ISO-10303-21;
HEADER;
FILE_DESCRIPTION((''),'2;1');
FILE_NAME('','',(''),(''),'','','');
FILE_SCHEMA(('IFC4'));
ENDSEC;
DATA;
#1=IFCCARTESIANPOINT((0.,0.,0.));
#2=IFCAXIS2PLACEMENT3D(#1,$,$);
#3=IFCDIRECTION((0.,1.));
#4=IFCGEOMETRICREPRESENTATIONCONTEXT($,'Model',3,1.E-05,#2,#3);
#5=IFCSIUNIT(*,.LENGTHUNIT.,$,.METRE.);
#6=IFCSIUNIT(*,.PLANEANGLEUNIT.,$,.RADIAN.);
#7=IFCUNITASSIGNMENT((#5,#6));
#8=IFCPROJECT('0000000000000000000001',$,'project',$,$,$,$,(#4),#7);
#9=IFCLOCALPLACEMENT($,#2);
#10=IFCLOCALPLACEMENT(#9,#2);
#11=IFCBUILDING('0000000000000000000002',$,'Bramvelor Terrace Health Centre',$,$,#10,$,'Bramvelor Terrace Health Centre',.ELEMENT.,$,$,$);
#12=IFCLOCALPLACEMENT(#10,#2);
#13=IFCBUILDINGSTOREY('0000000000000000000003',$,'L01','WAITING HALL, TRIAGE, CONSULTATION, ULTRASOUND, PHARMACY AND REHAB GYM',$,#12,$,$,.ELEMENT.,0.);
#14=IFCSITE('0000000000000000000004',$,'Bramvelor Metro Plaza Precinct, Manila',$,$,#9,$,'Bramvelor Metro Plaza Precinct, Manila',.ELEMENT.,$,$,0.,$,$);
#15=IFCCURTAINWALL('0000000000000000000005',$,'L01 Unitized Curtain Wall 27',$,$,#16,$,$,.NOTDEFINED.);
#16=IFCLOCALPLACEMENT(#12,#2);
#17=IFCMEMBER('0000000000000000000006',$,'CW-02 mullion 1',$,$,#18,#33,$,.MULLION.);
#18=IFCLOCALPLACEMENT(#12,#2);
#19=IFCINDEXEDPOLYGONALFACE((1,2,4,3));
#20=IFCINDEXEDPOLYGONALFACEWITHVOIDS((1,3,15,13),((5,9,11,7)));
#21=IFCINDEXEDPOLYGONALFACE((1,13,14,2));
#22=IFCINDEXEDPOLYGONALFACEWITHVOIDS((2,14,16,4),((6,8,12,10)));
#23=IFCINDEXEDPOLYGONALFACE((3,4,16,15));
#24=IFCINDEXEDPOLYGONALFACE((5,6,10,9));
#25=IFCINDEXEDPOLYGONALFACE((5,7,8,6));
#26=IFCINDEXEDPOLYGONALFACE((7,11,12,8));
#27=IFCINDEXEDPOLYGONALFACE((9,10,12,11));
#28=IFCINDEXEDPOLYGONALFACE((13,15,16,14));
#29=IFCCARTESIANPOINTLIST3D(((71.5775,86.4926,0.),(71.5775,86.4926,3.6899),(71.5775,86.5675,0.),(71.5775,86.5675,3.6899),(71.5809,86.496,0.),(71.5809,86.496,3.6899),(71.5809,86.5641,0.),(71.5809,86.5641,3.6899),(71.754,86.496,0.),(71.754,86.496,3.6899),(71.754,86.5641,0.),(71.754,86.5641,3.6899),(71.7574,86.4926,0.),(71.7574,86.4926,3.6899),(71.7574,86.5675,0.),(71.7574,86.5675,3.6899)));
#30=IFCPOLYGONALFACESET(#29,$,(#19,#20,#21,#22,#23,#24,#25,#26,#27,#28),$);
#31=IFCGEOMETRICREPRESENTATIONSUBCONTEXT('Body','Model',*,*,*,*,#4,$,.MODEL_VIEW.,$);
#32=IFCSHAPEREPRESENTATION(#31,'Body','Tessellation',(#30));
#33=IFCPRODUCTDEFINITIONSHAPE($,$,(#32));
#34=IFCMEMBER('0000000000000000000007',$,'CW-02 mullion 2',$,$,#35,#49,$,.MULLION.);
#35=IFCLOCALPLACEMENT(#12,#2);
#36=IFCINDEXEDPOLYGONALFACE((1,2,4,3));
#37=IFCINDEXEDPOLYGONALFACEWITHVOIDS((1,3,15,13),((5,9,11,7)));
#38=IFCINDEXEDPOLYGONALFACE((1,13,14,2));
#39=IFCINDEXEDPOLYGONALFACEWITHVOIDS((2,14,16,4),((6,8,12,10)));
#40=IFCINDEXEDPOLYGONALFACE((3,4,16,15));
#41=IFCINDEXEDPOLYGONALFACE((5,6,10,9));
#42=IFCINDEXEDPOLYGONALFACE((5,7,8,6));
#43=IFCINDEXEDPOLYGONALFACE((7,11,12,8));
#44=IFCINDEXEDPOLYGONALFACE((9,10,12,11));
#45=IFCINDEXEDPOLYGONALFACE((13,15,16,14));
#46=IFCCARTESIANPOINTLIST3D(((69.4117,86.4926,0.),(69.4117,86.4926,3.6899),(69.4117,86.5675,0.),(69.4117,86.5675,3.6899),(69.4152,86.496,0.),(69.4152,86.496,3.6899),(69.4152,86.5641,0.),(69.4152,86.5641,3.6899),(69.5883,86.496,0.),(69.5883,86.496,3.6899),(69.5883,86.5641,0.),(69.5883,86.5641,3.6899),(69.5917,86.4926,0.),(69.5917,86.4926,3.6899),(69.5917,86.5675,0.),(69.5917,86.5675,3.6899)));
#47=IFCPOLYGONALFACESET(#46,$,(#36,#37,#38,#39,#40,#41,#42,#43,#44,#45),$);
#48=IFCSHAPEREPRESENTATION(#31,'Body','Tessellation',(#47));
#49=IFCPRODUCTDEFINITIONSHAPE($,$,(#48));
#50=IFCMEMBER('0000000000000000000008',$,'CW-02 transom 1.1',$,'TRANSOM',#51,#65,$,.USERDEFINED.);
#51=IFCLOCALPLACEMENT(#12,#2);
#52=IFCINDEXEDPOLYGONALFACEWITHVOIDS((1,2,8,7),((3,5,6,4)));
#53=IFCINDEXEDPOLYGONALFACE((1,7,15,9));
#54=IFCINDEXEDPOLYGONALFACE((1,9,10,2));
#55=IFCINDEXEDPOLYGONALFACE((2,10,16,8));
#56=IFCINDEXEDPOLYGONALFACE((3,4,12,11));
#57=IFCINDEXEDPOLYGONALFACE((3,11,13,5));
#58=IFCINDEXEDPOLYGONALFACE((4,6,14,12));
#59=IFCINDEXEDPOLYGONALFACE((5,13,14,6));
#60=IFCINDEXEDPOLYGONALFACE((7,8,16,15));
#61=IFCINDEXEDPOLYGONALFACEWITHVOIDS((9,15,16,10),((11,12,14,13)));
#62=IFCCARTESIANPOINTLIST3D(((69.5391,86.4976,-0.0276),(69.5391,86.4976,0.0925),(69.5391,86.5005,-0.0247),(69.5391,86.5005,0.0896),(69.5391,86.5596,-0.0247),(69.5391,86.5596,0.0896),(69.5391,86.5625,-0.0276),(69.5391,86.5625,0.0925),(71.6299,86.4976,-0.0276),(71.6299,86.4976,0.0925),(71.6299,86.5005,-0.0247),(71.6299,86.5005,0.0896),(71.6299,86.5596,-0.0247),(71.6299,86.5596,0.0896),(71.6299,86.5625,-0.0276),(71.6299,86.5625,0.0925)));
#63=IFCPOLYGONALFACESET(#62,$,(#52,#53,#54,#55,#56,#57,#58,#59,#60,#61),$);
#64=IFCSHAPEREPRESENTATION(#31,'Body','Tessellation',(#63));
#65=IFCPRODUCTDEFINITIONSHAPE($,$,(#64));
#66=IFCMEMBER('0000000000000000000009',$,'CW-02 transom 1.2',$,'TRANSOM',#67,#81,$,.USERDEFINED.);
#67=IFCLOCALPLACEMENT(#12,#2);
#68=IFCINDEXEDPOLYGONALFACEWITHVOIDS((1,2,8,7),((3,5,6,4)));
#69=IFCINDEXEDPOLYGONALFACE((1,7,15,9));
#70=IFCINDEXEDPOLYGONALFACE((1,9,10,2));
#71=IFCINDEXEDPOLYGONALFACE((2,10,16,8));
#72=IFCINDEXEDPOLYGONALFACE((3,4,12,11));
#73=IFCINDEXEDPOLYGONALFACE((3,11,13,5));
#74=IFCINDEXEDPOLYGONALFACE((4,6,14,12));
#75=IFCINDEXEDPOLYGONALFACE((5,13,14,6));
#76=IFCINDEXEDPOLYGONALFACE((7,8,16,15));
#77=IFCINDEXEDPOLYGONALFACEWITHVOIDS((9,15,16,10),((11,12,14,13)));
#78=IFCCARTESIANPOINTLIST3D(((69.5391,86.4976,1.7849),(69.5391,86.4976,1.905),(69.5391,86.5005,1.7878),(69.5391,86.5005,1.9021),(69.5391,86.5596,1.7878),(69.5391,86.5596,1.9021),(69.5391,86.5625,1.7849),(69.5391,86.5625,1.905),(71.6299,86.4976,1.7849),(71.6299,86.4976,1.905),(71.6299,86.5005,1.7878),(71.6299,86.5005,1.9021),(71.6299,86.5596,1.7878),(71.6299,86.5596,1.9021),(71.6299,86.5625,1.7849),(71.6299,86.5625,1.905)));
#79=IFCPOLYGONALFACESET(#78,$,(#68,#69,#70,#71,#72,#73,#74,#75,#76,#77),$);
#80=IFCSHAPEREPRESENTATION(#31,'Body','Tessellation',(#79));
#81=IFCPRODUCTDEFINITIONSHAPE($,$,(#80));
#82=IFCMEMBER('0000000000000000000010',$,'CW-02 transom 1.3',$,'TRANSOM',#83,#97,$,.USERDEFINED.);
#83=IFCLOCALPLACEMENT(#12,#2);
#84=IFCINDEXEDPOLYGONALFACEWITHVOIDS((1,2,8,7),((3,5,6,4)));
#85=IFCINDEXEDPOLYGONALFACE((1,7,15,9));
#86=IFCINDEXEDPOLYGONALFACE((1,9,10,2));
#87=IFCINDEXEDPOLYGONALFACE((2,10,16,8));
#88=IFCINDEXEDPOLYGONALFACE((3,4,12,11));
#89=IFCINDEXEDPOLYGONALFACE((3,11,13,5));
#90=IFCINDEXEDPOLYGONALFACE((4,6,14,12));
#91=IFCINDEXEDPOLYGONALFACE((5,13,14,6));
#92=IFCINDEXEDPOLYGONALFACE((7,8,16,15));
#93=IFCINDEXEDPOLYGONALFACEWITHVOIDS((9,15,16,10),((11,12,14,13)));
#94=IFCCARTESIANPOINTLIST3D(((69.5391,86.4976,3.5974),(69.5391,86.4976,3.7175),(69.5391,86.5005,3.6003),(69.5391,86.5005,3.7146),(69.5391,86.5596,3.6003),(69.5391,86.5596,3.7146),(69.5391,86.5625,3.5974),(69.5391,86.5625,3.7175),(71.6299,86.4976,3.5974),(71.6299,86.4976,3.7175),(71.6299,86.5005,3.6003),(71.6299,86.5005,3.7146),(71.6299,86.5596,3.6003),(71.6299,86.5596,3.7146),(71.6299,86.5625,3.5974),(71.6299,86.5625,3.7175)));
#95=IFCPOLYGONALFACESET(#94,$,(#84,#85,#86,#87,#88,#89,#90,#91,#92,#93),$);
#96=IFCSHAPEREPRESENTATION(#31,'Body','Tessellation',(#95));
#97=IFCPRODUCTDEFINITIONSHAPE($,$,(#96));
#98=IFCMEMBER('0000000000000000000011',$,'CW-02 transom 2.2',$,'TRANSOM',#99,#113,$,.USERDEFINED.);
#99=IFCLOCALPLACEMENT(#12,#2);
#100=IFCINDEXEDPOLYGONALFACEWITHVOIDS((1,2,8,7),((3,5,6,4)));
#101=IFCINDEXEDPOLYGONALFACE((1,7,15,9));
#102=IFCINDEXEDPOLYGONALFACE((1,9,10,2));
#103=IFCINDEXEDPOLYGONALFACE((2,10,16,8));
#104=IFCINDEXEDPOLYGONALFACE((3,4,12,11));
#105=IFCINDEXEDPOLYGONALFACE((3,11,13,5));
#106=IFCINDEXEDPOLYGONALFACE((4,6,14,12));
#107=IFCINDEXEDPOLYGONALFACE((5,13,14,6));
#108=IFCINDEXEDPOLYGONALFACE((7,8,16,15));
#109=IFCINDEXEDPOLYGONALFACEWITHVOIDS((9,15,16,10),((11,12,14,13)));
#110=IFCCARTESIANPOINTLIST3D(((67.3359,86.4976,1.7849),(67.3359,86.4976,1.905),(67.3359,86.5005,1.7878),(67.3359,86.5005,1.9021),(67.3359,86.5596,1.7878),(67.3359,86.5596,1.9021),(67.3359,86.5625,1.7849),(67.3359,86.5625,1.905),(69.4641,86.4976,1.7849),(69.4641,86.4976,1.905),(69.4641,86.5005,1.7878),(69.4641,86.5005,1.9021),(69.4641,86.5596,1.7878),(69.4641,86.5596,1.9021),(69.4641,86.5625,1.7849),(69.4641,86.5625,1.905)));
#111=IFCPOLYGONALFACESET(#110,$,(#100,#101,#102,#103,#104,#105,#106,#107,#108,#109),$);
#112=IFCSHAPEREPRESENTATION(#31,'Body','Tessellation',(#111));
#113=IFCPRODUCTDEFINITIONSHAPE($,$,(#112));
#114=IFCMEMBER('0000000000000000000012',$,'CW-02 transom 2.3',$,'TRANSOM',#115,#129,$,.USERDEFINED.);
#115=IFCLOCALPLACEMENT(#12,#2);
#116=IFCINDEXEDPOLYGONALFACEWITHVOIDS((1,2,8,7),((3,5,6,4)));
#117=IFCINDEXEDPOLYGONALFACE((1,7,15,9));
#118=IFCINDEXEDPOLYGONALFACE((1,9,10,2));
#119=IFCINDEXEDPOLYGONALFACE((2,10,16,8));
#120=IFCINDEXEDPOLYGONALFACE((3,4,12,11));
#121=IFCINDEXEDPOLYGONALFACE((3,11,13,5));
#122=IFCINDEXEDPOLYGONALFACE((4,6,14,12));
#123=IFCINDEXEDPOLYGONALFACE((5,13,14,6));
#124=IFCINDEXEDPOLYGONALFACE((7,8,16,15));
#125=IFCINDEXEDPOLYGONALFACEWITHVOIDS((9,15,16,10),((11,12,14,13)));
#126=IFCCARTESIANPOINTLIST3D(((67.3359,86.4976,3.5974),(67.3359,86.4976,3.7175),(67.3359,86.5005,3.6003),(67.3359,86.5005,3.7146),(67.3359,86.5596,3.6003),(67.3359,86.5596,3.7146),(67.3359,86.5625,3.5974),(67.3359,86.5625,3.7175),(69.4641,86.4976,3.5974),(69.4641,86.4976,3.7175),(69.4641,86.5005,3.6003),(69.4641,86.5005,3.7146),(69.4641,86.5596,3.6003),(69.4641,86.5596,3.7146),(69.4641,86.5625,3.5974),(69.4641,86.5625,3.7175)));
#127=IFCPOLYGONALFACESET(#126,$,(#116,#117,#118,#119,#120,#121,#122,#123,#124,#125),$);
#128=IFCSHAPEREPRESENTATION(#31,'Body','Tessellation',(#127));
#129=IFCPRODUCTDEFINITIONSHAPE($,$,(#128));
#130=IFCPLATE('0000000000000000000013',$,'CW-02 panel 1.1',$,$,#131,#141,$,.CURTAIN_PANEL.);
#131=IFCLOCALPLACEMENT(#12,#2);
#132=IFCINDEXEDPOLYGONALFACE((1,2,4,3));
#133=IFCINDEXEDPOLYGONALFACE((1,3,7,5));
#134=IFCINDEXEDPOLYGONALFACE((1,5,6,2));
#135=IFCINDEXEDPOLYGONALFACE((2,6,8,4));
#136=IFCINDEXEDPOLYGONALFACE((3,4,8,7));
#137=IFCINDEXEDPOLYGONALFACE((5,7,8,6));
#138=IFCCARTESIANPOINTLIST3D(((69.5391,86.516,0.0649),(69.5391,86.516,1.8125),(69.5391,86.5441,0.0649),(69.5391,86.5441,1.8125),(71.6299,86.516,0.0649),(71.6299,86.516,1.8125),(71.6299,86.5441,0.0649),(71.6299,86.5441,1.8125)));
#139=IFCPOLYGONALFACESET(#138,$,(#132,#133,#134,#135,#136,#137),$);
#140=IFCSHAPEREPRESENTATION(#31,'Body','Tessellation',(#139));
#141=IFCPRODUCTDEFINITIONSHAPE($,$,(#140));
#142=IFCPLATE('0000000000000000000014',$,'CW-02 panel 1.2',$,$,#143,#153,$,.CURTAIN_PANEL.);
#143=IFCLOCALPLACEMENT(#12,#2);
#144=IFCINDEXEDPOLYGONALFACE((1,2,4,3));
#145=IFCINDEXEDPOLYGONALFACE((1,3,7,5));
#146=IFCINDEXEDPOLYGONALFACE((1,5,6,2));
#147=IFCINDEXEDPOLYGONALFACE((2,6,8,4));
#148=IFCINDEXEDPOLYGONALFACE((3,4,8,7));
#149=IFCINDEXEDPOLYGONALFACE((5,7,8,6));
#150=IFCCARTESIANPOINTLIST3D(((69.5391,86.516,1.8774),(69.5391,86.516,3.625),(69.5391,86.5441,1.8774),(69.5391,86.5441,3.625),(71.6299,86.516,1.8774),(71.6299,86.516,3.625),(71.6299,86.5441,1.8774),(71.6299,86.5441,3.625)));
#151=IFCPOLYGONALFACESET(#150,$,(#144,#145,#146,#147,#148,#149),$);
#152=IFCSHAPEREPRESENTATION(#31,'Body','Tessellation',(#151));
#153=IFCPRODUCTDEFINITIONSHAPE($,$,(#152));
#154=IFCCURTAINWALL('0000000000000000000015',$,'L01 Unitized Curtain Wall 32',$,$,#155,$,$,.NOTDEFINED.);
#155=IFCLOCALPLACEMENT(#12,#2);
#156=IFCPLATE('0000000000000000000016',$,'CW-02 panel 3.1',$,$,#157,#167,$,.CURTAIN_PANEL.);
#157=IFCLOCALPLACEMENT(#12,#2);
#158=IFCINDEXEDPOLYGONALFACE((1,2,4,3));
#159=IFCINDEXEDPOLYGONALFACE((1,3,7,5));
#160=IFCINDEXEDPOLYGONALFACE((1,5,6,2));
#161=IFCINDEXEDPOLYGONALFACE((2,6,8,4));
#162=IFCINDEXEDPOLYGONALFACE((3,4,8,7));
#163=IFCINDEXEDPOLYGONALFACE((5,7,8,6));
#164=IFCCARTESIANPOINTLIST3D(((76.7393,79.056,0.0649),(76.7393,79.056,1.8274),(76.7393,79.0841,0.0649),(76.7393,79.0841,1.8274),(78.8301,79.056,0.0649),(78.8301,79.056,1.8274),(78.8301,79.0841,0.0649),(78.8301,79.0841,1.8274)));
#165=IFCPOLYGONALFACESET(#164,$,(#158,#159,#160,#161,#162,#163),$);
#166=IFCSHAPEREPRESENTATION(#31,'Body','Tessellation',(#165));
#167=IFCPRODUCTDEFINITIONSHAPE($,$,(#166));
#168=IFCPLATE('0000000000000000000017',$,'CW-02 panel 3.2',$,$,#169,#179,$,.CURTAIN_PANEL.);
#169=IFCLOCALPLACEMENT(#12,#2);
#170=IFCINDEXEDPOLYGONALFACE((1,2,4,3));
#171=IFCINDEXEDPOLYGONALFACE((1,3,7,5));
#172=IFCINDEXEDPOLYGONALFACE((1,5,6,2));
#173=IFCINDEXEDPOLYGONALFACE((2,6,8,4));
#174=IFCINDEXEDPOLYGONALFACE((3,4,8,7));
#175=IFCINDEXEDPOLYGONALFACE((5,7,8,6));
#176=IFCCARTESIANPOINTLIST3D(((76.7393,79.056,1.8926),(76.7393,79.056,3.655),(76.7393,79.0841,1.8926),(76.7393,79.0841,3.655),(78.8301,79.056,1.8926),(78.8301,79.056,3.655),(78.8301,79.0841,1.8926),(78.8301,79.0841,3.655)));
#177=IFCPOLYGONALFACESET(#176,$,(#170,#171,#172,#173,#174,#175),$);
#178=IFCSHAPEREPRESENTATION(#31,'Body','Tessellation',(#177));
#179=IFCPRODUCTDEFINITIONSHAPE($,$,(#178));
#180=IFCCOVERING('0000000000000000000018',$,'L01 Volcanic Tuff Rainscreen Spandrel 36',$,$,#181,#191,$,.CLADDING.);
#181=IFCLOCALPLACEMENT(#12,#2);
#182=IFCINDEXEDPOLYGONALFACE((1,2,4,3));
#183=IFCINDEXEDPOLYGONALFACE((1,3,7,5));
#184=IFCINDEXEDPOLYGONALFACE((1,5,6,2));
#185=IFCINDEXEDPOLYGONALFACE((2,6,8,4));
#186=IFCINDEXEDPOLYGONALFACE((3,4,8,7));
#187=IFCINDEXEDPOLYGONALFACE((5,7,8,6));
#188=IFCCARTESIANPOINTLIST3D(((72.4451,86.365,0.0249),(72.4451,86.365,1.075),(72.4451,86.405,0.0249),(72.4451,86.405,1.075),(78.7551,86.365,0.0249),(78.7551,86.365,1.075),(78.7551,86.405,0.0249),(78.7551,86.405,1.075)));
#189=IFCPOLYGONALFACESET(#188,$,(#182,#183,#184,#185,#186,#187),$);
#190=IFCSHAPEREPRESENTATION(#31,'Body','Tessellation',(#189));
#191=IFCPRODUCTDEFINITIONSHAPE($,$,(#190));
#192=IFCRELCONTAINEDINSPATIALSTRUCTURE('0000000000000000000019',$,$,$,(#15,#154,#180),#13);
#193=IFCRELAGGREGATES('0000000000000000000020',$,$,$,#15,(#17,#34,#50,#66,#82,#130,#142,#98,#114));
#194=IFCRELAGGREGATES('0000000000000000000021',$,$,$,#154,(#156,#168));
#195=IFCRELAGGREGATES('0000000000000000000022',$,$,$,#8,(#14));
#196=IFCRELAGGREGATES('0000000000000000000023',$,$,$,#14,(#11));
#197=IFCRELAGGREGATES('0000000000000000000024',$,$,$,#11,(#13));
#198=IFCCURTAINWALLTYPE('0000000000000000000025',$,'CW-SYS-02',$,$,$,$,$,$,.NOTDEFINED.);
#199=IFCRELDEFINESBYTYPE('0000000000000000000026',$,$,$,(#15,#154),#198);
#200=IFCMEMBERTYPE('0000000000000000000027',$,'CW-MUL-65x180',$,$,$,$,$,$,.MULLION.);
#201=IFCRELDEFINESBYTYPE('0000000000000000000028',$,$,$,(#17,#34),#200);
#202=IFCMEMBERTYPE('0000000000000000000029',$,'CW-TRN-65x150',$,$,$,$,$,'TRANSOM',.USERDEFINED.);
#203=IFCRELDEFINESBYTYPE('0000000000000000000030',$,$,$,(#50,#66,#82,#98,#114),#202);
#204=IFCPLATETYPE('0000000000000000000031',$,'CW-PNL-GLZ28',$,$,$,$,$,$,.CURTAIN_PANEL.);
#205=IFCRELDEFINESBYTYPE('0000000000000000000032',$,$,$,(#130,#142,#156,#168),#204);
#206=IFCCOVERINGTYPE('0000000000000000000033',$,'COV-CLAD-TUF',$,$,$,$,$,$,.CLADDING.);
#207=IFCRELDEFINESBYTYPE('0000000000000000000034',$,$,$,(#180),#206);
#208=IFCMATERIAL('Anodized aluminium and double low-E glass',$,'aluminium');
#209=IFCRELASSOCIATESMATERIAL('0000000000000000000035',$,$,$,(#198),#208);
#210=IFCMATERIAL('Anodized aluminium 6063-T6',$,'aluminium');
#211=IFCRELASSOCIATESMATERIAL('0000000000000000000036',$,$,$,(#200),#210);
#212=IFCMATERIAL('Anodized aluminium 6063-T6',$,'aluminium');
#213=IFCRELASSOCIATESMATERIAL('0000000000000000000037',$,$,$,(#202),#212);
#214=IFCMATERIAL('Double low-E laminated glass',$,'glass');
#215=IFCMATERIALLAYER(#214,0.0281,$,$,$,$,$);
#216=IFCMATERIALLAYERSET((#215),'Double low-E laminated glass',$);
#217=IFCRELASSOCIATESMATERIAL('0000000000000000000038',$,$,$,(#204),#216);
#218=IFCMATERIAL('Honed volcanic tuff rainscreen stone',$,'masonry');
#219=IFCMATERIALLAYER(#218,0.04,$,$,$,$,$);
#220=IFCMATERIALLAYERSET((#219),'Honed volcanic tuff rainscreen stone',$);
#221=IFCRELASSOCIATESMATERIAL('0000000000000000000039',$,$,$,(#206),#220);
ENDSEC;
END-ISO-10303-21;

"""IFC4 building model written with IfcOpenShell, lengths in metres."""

from ifc_helpers import new_model, si_unit, direction, frame, origin, origin_2d, place, context, subcontext, project, spatial, rectangle, hollow_rectangle, extrude, material, layer, layer_set, material_profile, profile_set, type_object, element, aggregate, save


model = new_model("IFC4")

# Units and contexts
model_context = context("Model", 3, precision=1e-05, world=origin(), true_north=direction((0.0, 1.0)))
body_context = subcontext(model_context, "Body", "Model", "MODEL_VIEW")
ifc_project = project(units=[si_unit("LENGTHUNIT", "METRE"), si_unit("PLANEANGLEUNIT", "RADIAN")], contexts=[model_context])

# Site, building, storey
site_placement = place(None, origin())
site = spatial("IfcSite", under=ifc_project, at=site_placement, Name="Bramvelor Metro Plaza Precinct, Manila", LongName="Bramvelor Metro Plaza Precinct, Manila", CompositionType="ELEMENT", RefElevation=0.0)
building_placement = place(site_placement, origin())
building = spatial("IfcBuilding", under=site, at=building_placement, Name="Bramvelor Terrace Health Centre", LongName="Bramvelor Terrace Health Centre", CompositionType="ELEMENT")
storey_placement = place(building_placement, origin())
storey = spatial("IfcBuildingStorey", under=building, at=storey_placement, Name="L01", Description="WAITING HALL, TRIAGE, CONSULTATION, ULTRASOUND, PHARMACY AND REHAB GYM", CompositionType="ELEMENT", Elevation=0.0)

# Curtain wall, members, plates
ifc_material_1 = material(Name="Anodized aluminium and double low-E glass", Category="aluminium")
curtain_wall_type = type_object("IfcCurtainWallType", Name="CW-SYS-02", PredefinedType="NOTDEFINED", material=ifc_material_1)
curtain_wall_1_placement = place(storey_placement, origin())
curtain_wall_1 = element("IfcCurtainWall", 1, at=curtain_wall_1_placement, inside=storey, type_object=curtain_wall_type, Name="L01 Unitized Curtain Wall 27", PredefinedType="NOTDEFINED")
ifc_material_2 = material(Name="Anodized aluminium 6063-T6", Category="aluminium")
ifc_material_profile_1 = material_profile(ifc_material_2, hollow_rectangle(XDim=0.075, YDim=0.1799, WallThickness=0.0034, at=origin_2d()), Name="ALU-MUL 75x180x3.5")
ifc_profile_set_1 = profile_set([ifc_material_profile_1], Name="Anodized aluminium 6063-T6")
member_type_1 = type_object("IfcMemberType", Name="CW-MUL-65x180", PredefinedType="MULLION", material=ifc_profile_set_1)
member_1_placement = place(storey_placement, frame((71.6675, 86.53, 0.0), z_axis=(0.0, 0.0, 1.0), x_axis=(0.0, -1.0, 0.0)))
member_1 = element("IfcMember", 2, at=member_1_placement, type_object=member_type_1, Name="CW-02 mullion 1", PredefinedType="MULLION", context=body_context, shape_type="SweptSolid", body=[
    extrude(hollow_rectangle(XDim=0.075, YDim=0.1799, WallThickness=0.0034, at=origin_2d()), origin(), (0.0, 0.0, 1.0), 3.6899),
])
member_2_placement = place(storey_placement, frame((69.5017, 86.53, 0.0), z_axis=(0.0, 0.0, 1.0), x_axis=(0.0, -1.0, 0.0)))
member_2 = element("IfcMember", 3, at=member_2_placement, type_object=member_type_1, Name="CW-02 mullion 2", PredefinedType="MULLION", context=body_context, shape_type="SweptSolid", body=[
    extrude(hollow_rectangle(XDim=0.075, YDim=0.1799, WallThickness=0.0034, at=origin_2d()), origin(), (0.0, 0.0, 1.0), 3.6899),
])
ifc_material_3 = material(Name="Anodized aluminium 6063-T6", Category="aluminium")
ifc_material_profile_2 = material_profile(ifc_material_3, hollow_rectangle(XDim=0.0649, YDim=0.1201, WallThickness=0.0029, at=origin_2d()), Name="ALU-TRN 65x120x3.0")
ifc_profile_set_2 = profile_set([ifc_material_profile_2], Name="Anodized aluminium 6063-T6")
member_type_2 = type_object("IfcMemberType", Name="CW-TRN-65x150", ElementType="TRANSOM", PredefinedType="USERDEFINED", material=ifc_profile_set_2)
member_3_placement = place(storey_placement, frame((71.6299, 86.53, 0.0325), z_axis=(-1.0, 0.0, 0.0), x_axis=(0.0, -1.0, 0.0)))
member_3 = element("IfcMember", 4, at=member_3_placement, type_object=member_type_2, Name="CW-02 transom 1.1", ObjectType="TRANSOM", PredefinedType="USERDEFINED", context=body_context, shape_type="SweptSolid", body=[
    extrude(hollow_rectangle(XDim=0.0649, YDim=0.1201, WallThickness=0.0029, at=origin_2d()), origin(), (0.0, 0.0, 1.0), 2.0908),
])
member_4_placement = place(storey_placement, frame((71.6299, 86.53, 1.845), z_axis=(-1.0, 0.0, 0.0), x_axis=(0.0, -1.0, 0.0)))
member_4 = element("IfcMember", 5, at=member_4_placement, type_object=member_type_2, Name="CW-02 transom 1.2", ObjectType="TRANSOM", PredefinedType="USERDEFINED", context=body_context, shape_type="SweptSolid", body=[
    extrude(hollow_rectangle(XDim=0.0649, YDim=0.1201, WallThickness=0.0029, at=origin_2d()), origin(), (0.0, 0.0, 1.0), 2.0908),
])
member_5_placement = place(storey_placement, frame((71.6299, 86.53, 3.6575), z_axis=(-1.0, 0.0, 0.0), x_axis=(0.0, -1.0, 0.0)))
member_5 = element("IfcMember", 6, at=member_5_placement, type_object=member_type_2, Name="CW-02 transom 1.3", ObjectType="TRANSOM", PredefinedType="USERDEFINED", context=body_context, shape_type="SweptSolid", body=[
    extrude(hollow_rectangle(XDim=0.0649, YDim=0.1201, WallThickness=0.0029, at=origin_2d()), origin(), (0.0, 0.0, 1.0), 2.0908),
])
member_6_placement = place(storey_placement, frame((69.4641, 86.53, 1.845), z_axis=(-1.0, 0.0, 0.0), x_axis=(0.0, -1.0, 0.0)))
member_6 = element("IfcMember", 7, at=member_6_placement, type_object=member_type_2, Name="CW-02 transom 2.2", ObjectType="TRANSOM", PredefinedType="USERDEFINED", context=body_context, shape_type="SweptSolid", body=[
    extrude(hollow_rectangle(XDim=0.0649, YDim=0.1201, WallThickness=0.0029, at=origin_2d()), origin(), (0.0, 0.0, 1.0), 2.1282),
])
member_7_placement = place(storey_placement, frame((69.4641, 86.53, 3.6575), z_axis=(-1.0, 0.0, 0.0), x_axis=(0.0, -1.0, 0.0)))
member_7 = element("IfcMember", 8, at=member_7_placement, type_object=member_type_2, Name="CW-02 transom 2.3", ObjectType="TRANSOM", PredefinedType="USERDEFINED", context=body_context, shape_type="SweptSolid", body=[
    extrude(hollow_rectangle(XDim=0.0649, YDim=0.1201, WallThickness=0.0029, at=origin_2d()), origin(), (0.0, 0.0, 1.0), 2.1282),
])
ifc_material_4 = material(Name="Double low-E laminated glass", Category="glass")
ifc_layer_1 = layer(ifc_material_4, 0.0281)
ifc_layer_set_1 = layer_set([ifc_layer_1], Name="Double low-E laminated glass")
plate_type = type_object("IfcPlateType", Name="CW-PNL-GLZ28", PredefinedType="CURTAIN_PANEL", material=ifc_layer_set_1)
plate_1_placement = place(storey_placement, frame((70.5845, 86.53, 0.0649), z_axis=(0.0, 0.0, 1.0), x_axis=(-1.0, 0.0, 0.0)))
plate_1 = element("IfcPlate", 9, at=plate_1_placement, type_object=plate_type, Name="CW-02 panel 1.1", PredefinedType="CURTAIN_PANEL", context=body_context, shape_type="SweptSolid", body=[
    extrude(rectangle(XDim=2.0908, YDim=0.0281, at=origin_2d()), origin(), (0.0, 0.0, 1.0), 1.7476),
])
plate_2_placement = place(storey_placement, frame((70.5845, 86.53, 1.8774), z_axis=(0.0, 0.0, 1.0), x_axis=(-1.0, 0.0, 0.0)))
plate_2 = element("IfcPlate", 10, at=plate_2_placement, type_object=plate_type, Name="CW-02 panel 1.2", PredefinedType="CURTAIN_PANEL", context=body_context, shape_type="SweptSolid", body=[
    extrude(rectangle(XDim=2.0908, YDim=0.0281, at=origin_2d()), origin(), (0.0, 0.0, 1.0), 1.7476),
])
aggregate(curtain_wall_1, [member_1, member_2, member_3, member_4, member_5, plate_1, plate_2, member_6, member_7])

# Curtain wall, plates
curtain_wall_2_placement = place(storey_placement, origin())
curtain_wall_2 = element("IfcCurtainWall", 11, at=curtain_wall_2_placement, inside=storey, type_object=curtain_wall_type, Name="L01 Unitized Curtain Wall 32", PredefinedType="NOTDEFINED")
plate_3_placement = place(storey_placement, frame((77.7847, 79.0701, 0.0649), z_axis=(0.0, 0.0, 1.0), x_axis=(1.0, 0.0, 0.0)))
plate_3 = element("IfcPlate", 12, at=plate_3_placement, type_object=plate_type, Name="CW-02 panel 3.1", PredefinedType="CURTAIN_PANEL", context=body_context, shape_type="SweptSolid", body=[
    extrude(rectangle(XDim=2.0908, YDim=0.0281, at=origin_2d()), origin(), (0.0, 0.0, 1.0), 1.7625),
])
plate_4_placement = place(storey_placement, frame((77.7847, 79.0701, 1.8926), z_axis=(0.0, 0.0, 1.0), x_axis=(1.0, 0.0, 0.0)))
plate_4 = element("IfcPlate", 13, at=plate_4_placement, type_object=plate_type, Name="CW-02 panel 3.2", PredefinedType="CURTAIN_PANEL", context=body_context, shape_type="SweptSolid", body=[
    extrude(rectangle(XDim=2.0908, YDim=0.0281, at=origin_2d()), origin(), (0.0, 0.0, 1.0), 1.7625),
])
aggregate(curtain_wall_2, [plate_3, plate_4])

# Covering
ifc_material_5 = material(Name="Honed volcanic tuff rainscreen stone", Category="masonry")
ifc_layer_2 = layer(ifc_material_5, 0.04)
ifc_layer_set_2 = layer_set([ifc_layer_2], Name="Honed volcanic tuff rainscreen stone")
covering_type = type_object("IfcCoveringType", Name="COV-CLAD-TUF", PredefinedType="CLADDING", material=ifc_layer_set_2)
covering_placement = place(storey_placement, frame((75.6001, 86.385, 0.0249), z_axis=(0.0, 0.0, 1.0), x_axis=(1.0, 0.0, 0.0)))
element("IfcCovering", 14, at=covering_placement, inside=storey, type_object=covering_type, Name="L01 Volcanic Tuff Rainscreen Spandrel 36", PredefinedType="CLADDING", context=body_context, shape_type="SweptSolid", body=[
    extrude(rectangle(XDim=6.3101, YDim=0.04, at=origin_2d()), origin(), (0.0, 0.0, 1.0), 1.05),
])

save(model, "model.ifc")
